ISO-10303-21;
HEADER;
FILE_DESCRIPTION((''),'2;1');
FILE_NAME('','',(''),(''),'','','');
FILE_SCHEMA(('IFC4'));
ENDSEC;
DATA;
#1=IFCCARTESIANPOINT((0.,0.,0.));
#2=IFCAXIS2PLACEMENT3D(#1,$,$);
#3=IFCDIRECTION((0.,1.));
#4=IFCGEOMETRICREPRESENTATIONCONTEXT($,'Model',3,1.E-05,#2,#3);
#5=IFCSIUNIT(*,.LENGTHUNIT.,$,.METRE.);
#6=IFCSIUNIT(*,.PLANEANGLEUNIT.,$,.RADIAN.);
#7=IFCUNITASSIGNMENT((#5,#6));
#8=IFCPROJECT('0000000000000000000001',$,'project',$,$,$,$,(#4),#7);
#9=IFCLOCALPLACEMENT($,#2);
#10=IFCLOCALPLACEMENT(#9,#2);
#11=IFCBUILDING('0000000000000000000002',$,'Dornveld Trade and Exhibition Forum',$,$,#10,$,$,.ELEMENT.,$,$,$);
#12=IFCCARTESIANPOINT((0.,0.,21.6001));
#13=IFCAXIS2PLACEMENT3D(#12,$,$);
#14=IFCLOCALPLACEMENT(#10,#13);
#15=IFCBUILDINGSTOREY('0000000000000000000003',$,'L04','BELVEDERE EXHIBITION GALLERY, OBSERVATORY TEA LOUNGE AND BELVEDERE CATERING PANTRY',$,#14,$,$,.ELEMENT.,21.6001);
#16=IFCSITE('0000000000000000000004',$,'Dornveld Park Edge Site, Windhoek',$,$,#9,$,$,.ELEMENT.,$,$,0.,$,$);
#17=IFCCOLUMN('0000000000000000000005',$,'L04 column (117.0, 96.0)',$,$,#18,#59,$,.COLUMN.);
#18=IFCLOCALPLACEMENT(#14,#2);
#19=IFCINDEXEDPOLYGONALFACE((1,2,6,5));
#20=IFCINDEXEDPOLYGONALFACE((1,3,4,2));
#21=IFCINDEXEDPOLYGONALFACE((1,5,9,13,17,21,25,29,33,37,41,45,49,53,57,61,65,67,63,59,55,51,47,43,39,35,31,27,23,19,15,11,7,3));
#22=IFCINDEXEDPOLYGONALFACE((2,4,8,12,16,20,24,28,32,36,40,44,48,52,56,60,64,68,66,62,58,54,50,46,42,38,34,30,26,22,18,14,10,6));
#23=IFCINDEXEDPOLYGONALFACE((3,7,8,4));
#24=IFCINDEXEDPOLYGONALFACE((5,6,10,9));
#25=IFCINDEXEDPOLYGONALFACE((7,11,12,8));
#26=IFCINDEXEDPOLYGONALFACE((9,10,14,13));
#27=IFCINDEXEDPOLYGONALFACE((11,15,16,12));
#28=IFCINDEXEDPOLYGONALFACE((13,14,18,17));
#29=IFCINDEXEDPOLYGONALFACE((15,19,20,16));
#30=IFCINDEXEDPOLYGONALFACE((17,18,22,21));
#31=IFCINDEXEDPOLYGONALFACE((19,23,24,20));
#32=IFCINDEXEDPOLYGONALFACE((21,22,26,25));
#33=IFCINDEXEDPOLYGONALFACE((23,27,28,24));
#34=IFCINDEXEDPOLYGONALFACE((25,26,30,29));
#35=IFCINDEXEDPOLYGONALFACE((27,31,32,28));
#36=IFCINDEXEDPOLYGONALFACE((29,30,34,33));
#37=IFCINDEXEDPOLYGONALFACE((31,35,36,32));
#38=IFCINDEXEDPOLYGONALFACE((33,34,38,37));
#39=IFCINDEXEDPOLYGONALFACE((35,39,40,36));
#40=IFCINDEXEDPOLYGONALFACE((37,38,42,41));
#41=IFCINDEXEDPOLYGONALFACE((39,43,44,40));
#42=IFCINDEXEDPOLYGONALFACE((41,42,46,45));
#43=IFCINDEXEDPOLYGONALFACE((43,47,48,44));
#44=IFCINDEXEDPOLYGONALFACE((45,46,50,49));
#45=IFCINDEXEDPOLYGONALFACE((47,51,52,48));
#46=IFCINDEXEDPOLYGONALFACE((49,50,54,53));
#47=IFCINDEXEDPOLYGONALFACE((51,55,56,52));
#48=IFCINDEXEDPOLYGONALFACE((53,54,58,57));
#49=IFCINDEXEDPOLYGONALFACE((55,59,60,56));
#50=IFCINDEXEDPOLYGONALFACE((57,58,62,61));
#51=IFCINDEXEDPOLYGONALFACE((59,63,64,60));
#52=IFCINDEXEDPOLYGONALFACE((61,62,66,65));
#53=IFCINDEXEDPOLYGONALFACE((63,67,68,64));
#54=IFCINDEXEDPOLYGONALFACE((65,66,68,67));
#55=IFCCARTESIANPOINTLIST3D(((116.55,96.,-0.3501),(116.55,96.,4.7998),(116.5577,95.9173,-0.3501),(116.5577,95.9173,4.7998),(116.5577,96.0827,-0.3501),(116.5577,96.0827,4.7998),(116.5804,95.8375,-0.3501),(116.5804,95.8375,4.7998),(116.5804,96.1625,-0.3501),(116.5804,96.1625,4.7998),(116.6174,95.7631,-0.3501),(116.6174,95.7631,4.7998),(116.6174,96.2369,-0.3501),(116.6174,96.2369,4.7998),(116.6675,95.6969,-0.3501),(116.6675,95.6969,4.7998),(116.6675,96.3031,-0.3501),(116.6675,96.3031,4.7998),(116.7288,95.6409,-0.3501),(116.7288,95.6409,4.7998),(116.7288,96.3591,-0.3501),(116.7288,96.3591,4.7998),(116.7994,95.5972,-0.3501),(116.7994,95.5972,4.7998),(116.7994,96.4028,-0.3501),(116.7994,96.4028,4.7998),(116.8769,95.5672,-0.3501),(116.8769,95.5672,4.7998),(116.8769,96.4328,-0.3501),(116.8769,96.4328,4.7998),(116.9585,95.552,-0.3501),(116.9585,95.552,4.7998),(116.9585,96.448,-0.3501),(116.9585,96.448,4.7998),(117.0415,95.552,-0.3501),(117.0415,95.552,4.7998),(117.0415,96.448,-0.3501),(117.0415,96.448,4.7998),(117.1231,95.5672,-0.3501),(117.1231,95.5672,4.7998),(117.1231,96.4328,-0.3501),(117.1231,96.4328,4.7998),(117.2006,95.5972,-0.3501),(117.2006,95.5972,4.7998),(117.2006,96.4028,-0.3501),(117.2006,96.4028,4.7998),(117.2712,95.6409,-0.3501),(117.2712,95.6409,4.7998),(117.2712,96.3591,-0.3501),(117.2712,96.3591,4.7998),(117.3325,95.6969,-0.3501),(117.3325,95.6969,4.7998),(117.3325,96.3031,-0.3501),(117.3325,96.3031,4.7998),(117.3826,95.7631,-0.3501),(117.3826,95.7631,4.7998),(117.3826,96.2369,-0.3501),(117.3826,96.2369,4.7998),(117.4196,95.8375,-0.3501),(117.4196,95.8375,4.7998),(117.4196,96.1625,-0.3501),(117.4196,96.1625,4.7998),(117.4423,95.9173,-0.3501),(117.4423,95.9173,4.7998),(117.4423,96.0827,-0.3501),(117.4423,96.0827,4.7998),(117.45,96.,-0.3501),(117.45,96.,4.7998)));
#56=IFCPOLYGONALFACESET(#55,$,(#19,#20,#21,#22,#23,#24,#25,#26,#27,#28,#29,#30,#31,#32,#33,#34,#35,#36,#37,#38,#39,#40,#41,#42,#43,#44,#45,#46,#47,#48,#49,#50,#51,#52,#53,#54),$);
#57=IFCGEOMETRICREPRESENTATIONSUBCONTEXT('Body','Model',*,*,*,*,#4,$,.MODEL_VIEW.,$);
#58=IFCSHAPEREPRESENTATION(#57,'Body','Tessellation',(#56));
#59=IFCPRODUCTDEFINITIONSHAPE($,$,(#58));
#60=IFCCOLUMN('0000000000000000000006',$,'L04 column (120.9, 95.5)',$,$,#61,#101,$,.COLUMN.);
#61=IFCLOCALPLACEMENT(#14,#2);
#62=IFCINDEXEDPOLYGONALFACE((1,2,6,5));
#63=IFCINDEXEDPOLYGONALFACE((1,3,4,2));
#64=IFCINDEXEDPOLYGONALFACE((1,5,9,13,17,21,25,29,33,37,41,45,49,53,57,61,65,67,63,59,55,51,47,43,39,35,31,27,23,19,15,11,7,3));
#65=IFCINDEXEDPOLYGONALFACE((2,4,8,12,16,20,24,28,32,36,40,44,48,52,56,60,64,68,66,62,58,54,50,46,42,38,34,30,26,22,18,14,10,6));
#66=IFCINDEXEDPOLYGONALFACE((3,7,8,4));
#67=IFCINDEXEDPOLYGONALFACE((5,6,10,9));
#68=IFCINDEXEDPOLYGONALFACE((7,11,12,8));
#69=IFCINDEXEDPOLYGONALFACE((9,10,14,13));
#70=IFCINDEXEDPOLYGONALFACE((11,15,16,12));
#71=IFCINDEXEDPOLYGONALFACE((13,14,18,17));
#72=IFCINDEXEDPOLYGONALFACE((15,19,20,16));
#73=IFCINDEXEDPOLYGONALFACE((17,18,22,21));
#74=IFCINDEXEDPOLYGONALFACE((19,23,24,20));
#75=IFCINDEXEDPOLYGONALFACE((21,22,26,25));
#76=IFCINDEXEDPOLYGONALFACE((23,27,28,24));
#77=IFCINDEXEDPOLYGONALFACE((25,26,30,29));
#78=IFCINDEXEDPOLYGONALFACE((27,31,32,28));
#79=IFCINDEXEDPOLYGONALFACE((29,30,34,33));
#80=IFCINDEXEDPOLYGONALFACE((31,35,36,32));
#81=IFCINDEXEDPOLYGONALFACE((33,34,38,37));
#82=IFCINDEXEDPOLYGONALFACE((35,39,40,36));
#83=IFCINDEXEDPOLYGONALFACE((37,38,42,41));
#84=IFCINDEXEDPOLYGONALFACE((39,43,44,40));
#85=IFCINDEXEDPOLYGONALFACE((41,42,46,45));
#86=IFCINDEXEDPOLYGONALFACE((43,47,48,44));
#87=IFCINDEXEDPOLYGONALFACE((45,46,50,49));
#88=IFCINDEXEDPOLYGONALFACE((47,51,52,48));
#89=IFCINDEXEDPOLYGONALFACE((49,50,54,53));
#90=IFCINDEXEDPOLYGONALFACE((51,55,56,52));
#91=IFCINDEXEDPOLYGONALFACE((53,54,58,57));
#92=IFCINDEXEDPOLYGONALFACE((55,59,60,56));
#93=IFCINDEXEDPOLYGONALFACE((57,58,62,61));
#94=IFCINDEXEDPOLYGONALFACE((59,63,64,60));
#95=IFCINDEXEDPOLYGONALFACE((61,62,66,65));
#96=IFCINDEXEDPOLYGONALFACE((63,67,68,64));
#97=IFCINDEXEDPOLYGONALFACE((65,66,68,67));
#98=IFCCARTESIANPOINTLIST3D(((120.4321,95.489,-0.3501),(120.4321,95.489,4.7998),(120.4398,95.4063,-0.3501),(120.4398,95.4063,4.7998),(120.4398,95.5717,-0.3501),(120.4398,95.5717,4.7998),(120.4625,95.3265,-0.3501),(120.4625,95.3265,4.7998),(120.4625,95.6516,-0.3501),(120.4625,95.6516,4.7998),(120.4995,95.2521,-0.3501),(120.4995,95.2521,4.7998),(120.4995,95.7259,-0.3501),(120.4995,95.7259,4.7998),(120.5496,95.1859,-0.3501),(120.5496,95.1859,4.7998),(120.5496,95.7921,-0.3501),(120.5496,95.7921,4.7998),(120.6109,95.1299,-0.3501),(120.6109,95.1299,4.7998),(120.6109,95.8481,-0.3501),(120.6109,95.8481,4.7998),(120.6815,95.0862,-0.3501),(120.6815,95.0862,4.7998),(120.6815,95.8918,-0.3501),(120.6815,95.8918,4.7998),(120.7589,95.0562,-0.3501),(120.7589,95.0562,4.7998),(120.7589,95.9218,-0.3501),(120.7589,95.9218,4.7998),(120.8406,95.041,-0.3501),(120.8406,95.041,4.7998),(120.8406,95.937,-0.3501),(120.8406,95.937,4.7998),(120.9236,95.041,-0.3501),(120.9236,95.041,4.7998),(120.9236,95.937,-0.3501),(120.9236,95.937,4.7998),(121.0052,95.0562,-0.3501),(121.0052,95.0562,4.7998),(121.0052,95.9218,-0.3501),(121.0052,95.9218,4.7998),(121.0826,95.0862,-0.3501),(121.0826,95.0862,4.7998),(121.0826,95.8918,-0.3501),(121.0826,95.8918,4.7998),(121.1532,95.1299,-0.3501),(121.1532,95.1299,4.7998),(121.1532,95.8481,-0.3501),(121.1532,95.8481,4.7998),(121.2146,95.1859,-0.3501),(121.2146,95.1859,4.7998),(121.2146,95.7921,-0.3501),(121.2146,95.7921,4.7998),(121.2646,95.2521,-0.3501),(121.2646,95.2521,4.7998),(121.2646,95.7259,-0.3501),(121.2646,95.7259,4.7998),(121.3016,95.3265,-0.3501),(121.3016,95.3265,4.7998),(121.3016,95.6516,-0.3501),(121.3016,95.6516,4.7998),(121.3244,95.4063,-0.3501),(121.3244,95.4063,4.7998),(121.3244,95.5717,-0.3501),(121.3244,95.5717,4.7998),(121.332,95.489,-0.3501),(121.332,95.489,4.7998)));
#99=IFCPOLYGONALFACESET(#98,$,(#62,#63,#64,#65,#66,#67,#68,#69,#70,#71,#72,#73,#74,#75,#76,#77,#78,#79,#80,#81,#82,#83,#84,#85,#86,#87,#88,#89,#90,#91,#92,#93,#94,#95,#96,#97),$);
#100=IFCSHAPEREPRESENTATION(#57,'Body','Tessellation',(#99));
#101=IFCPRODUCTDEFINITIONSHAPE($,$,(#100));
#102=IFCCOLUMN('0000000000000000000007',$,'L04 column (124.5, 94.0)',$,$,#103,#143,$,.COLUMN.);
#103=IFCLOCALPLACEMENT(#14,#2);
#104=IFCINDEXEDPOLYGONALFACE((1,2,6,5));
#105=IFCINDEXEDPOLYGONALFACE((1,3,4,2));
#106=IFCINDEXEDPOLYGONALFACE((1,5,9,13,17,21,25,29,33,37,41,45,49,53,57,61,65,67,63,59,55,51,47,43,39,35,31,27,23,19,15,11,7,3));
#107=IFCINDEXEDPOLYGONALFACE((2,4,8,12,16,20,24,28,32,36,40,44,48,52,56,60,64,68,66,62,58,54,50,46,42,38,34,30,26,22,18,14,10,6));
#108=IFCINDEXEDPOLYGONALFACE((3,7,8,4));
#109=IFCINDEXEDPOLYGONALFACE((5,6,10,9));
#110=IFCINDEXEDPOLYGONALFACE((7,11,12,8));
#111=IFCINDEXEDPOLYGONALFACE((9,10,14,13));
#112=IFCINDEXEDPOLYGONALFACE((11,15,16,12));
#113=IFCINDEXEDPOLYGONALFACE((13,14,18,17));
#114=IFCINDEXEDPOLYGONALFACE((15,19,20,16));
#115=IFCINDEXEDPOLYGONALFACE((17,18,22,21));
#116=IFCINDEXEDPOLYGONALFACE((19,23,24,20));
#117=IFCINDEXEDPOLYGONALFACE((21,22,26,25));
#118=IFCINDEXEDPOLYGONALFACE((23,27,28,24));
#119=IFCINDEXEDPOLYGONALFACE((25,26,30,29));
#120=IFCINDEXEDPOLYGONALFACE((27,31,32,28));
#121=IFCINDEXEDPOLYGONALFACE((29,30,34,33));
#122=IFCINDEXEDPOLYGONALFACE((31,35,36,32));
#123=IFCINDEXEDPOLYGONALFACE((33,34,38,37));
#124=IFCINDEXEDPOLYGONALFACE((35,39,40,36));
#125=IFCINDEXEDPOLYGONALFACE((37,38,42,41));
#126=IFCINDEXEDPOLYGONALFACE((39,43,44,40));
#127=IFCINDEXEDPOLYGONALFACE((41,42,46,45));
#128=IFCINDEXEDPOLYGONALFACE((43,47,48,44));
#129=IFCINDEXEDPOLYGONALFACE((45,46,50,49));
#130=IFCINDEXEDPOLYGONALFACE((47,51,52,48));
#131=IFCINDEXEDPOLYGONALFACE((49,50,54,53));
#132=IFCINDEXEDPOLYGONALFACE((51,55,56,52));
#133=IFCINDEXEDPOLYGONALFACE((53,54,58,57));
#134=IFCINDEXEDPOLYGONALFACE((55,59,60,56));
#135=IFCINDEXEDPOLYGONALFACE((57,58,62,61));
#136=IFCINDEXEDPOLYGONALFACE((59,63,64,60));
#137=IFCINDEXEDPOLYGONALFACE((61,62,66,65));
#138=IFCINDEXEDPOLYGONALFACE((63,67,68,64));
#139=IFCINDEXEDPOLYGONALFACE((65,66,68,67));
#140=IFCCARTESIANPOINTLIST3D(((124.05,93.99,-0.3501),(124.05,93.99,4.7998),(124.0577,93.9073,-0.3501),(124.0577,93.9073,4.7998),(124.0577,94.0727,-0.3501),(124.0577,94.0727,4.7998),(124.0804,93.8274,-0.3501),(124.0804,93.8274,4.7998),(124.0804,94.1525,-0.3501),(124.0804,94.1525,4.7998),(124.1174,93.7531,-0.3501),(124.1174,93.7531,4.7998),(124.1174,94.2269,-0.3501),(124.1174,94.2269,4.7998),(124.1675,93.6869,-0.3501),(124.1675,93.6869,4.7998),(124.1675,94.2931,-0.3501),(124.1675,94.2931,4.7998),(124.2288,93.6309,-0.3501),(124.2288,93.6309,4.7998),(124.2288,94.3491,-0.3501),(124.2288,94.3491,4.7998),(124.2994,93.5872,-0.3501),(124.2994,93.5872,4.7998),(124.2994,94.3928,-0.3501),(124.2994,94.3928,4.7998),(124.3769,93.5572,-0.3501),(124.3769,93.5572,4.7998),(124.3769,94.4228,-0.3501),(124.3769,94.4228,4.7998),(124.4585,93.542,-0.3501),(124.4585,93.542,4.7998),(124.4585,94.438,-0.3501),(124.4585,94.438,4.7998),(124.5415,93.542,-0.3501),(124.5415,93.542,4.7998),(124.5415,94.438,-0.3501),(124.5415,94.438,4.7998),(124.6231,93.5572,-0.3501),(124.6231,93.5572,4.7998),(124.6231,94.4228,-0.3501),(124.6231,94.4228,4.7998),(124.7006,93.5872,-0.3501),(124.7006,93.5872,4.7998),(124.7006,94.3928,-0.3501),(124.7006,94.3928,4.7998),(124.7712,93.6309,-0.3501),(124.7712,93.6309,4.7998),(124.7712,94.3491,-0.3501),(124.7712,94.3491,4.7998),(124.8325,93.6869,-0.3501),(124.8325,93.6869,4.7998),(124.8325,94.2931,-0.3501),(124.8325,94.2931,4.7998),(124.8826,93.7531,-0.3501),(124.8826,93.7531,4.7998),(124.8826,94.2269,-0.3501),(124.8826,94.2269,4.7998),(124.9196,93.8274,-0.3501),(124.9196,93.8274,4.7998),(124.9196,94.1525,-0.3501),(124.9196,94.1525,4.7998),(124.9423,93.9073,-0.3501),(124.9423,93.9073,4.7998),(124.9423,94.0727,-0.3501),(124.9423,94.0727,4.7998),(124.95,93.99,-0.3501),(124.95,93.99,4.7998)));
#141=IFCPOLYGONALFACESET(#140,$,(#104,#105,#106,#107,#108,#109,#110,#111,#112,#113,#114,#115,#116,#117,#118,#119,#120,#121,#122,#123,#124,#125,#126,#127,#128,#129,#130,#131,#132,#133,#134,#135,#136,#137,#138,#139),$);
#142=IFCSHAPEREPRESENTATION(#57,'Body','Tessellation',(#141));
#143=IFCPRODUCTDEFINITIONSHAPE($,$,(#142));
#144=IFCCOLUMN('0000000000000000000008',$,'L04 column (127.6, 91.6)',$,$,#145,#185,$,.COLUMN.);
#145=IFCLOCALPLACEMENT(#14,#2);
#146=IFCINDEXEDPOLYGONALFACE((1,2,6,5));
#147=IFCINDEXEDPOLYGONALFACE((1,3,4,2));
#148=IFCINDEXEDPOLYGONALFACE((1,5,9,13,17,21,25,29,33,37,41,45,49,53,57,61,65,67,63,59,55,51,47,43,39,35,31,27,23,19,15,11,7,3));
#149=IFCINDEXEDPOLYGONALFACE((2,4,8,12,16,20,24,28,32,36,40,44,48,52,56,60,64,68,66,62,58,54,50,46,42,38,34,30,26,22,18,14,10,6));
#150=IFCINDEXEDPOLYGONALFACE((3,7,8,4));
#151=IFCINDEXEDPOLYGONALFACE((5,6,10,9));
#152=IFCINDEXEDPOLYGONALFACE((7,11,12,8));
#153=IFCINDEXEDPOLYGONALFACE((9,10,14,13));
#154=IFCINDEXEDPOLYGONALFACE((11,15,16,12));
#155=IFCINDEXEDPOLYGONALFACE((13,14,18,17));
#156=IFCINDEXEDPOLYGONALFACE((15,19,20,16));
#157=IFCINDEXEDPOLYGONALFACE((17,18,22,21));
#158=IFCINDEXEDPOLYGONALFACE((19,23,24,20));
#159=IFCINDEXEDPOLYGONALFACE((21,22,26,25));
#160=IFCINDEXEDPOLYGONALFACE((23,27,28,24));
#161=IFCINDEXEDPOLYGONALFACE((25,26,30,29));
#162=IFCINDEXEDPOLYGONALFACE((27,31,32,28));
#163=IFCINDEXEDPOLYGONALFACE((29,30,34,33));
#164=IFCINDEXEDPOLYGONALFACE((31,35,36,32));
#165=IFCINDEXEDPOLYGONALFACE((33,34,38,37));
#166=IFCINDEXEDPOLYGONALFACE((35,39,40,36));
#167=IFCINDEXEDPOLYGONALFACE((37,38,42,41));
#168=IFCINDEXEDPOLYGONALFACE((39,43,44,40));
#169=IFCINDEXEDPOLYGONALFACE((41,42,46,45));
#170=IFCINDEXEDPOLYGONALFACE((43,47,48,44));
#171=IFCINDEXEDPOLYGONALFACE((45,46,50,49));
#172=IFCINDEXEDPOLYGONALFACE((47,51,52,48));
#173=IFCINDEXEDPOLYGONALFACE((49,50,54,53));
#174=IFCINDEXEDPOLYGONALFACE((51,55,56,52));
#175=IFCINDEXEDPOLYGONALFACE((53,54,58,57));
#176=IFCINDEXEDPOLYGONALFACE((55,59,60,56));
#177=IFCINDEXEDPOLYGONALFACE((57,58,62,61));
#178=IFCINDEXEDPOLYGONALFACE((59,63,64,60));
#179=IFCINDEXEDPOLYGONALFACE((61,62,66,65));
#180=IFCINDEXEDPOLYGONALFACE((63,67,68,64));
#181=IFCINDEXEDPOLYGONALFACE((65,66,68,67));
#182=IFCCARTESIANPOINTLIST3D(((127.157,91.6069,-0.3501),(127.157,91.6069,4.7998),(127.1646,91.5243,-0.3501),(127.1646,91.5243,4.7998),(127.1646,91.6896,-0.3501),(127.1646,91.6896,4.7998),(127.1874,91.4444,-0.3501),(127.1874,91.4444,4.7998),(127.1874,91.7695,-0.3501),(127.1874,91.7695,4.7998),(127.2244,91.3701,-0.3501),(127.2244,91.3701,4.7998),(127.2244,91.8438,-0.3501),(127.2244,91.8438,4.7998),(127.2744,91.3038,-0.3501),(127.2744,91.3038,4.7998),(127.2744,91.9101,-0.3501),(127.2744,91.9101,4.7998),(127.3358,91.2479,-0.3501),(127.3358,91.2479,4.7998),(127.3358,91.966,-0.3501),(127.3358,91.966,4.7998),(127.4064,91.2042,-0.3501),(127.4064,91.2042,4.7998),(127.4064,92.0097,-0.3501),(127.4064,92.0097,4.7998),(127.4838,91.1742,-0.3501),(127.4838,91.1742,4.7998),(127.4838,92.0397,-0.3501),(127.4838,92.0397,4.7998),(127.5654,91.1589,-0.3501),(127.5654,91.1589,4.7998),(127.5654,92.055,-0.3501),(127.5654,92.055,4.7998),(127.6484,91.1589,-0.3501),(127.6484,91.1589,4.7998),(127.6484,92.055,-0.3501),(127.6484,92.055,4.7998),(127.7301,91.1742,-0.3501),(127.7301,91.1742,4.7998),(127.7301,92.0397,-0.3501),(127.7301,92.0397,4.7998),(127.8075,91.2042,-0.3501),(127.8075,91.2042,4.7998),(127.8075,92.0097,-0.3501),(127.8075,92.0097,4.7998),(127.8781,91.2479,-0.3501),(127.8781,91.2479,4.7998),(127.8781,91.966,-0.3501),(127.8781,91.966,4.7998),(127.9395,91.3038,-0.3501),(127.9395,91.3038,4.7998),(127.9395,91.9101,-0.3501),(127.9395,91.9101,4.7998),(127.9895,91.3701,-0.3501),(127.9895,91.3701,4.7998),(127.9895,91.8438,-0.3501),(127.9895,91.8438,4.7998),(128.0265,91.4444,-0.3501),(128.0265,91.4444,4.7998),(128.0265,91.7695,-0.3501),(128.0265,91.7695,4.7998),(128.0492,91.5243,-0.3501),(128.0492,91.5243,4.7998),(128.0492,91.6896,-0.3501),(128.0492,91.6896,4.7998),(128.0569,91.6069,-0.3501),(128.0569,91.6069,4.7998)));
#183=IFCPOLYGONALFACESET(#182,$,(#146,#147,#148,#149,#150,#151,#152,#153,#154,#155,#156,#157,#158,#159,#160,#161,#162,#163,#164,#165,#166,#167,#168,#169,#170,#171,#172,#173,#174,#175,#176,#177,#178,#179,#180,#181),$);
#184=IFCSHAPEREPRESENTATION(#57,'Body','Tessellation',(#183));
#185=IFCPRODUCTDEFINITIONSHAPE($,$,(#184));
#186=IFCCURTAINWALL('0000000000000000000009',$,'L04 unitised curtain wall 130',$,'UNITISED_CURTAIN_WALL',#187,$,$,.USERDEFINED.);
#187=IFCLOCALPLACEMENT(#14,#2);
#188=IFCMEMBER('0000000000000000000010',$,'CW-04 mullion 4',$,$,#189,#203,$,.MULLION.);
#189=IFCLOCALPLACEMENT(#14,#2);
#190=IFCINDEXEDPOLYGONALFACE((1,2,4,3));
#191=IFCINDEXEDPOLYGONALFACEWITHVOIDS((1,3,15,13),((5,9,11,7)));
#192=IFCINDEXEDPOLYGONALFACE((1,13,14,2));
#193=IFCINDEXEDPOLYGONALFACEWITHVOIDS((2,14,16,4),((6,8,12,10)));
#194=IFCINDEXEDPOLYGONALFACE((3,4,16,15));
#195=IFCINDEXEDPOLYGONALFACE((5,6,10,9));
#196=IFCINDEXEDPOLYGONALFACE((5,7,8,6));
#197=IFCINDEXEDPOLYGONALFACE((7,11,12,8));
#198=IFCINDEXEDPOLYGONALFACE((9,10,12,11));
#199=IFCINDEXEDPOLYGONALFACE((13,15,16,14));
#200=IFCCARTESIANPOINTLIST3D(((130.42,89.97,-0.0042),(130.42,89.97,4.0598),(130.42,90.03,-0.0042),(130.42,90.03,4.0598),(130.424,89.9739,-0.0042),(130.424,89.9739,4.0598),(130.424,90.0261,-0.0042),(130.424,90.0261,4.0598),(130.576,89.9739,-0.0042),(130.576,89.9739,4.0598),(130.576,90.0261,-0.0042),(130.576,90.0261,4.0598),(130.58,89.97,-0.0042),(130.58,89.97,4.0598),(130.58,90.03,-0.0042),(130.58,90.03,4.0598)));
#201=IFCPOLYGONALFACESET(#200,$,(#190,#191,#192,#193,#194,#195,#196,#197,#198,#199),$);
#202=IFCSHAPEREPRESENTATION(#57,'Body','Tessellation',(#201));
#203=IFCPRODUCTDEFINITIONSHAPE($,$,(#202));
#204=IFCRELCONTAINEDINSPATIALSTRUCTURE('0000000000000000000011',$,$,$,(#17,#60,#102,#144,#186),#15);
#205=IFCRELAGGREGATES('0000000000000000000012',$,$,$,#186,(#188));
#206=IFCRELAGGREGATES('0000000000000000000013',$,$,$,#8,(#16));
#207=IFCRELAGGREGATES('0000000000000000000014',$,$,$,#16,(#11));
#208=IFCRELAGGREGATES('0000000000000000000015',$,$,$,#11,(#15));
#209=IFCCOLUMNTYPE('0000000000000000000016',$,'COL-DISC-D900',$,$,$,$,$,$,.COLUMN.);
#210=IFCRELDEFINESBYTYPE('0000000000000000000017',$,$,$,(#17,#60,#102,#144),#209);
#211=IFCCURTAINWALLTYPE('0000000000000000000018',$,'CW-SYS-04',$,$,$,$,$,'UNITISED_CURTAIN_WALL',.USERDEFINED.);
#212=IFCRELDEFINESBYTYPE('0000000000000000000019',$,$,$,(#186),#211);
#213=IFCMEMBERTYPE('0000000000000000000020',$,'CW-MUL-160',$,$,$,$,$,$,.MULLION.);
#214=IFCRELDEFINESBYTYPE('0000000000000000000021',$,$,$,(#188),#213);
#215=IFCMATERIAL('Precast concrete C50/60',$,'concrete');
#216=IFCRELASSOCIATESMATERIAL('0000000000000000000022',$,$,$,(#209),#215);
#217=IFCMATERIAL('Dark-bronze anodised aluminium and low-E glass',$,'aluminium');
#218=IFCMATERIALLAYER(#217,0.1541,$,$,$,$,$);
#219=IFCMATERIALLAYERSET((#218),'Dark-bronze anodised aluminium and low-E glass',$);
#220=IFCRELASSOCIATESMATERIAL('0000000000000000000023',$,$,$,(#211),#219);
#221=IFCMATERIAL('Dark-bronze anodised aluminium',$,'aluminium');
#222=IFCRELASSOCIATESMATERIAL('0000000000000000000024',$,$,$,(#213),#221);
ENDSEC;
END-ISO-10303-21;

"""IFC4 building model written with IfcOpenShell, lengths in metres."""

from ifc_helpers import new_model, si_unit, direction, frame, origin, origin_2d, place, context, subcontext, project, spatial, hollow_rectangle, circle, extrude, material, layer, layer_set, material_profile, profile_set, type_object, element, aggregate, save


model = new_model("IFC4")

# Units and contexts
model_context = context("Model", 3, precision=1e-05, world=origin(), true_north=direction((0.0, 1.0)))
body_context = subcontext(model_context, "Body", "Model", "MODEL_VIEW")
ifc_project = project(units=[si_unit("LENGTHUNIT", "METRE"), si_unit("PLANEANGLEUNIT", "RADIAN")], contexts=[model_context])

# Site, building, storey
site_placement = place(None, origin())
site = spatial("IfcSite", under=ifc_project, at=site_placement, Name="Dornveld Park Edge Site, Windhoek", CompositionType="ELEMENT", RefElevation=0.0)
building_placement = place(site_placement, origin())
building = spatial("IfcBuilding", under=site, at=building_placement, Name="Dornveld Trade and Exhibition Forum", CompositionType="ELEMENT")
storey_placement = place(building_placement, frame((0.0, 0.0, 21.6001)))
storey = spatial("IfcBuildingStorey", under=building, at=storey_placement, Name="L04", Description="BELVEDERE EXHIBITION GALLERY, OBSERVATORY TEA LOUNGE AND BELVEDERE CATERING PANTRY", CompositionType="ELEMENT", Elevation=21.6001)

# Columns
ifc_material_1 = material(Name="Precast concrete C50/60", Category="concrete")
ifc_material_profile_1 = material_profile(ifc_material_1, circle(Radius=0.45, at=origin_2d()), Name="PC-COL D900")
ifc_profile_set_1 = profile_set([ifc_material_profile_1], Name="Precast concrete C50/60")
column_type = type_object("IfcColumnType", Name="COL-DISC-D900", PredefinedType="COLUMN", material=ifc_profile_set_1)
for number, where, z_axis, x_axis, name in (
    (1, (117.0, 96.0, -0.3501), (0.0, 0.0, 1.0), (1.0, 0.0, 0.0), "L04 column (117.0, 96.0)"),
    (2, (120.8821, 95.489, -0.3501), (0.0, 0.0, 1.0), (1.0, 0.0, 0.0), "L04 column (120.9, 95.5)"),
    (3, (124.5, 93.99, -0.3501), (0.0, 0.0, 1.0), (1.0, 0.0, 0.0), "L04 column (124.5, 94.0)"),
    (4, (127.6069, 91.6069, -0.3501), (0.0, 0.0, 1.0), (1.0, 0.0, 0.0), "L04 column (127.6, 91.6)"),
):
    element("IfcColumn", number, at=place(storey_placement, frame(where, z_axis=z_axis, x_axis=x_axis)), inside=storey, type_object=column_type, Name=name, PredefinedType="COLUMN", context=body_context, shape_type="SweptSolid", body=[
        extrude(circle(Radius=0.45, at=origin_2d()), origin(), (0.0, 0.0, 1.0), 5.1499),
    ])

# Curtain wall, member
ifc_material_2 = material(Name="Dark-bronze anodised aluminium and low-E glass", Category="aluminium")
ifc_layer_1 = layer(ifc_material_2, 0.1541)
ifc_layer_set_1 = layer_set([ifc_layer_1], Name="Dark-bronze anodised aluminium and low-E glass")
curtain_wall_type = type_object("IfcCurtainWallType", Name="CW-SYS-04", ElementType="UNITISED_CURTAIN_WALL", PredefinedType="USERDEFINED", material=ifc_layer_set_1)
curtain_wall_placement = place(storey_placement, origin())
curtain_wall = element("IfcCurtainWall", 5, at=curtain_wall_placement, inside=storey, type_object=curtain_wall_type, Name="L04 unitised curtain wall 130", ObjectType="UNITISED_CURTAIN_WALL", PredefinedType="USERDEFINED")
ifc_material_3 = material(Name="Dark-bronze anodised aluminium", Category="aluminium")
ifc_material_profile_2 = material_profile(ifc_material_3, hollow_rectangle(XDim=0.0601, YDim=0.1599, WallThickness=0.0039, at=origin_2d()), Name="RHS 160x60x4")
ifc_profile_set_2 = profile_set([ifc_material_profile_2], Name="Dark-bronze anodised aluminium")
member_type_1 = type_object("IfcMemberType", Name="CW-MUL-160", PredefinedType="MULLION", material=ifc_profile_set_2)
member_1_placement = place(storey_placement, frame((130.5, 90.0, -0.0042), z_axis=(0.0, 0.0, 1.0), x_axis=(0.0, -1.0, 0.0)))
member_1 = element("IfcMember", 6, at=member_1_placement, type_object=member_type_1, Name="CW-04 mullion 4", PredefinedType="MULLION", context=body_context, shape_type="SweptSolid", body=[
    extrude(hollow_rectangle(XDim=0.0601, YDim=0.1599, WallThickness=0.0039, at=origin_2d()), origin(), (0.0, 0.0, 1.0), 4.064),
])
aggregate(curtain_wall, [member_1])

save(model, "model.ifc")
